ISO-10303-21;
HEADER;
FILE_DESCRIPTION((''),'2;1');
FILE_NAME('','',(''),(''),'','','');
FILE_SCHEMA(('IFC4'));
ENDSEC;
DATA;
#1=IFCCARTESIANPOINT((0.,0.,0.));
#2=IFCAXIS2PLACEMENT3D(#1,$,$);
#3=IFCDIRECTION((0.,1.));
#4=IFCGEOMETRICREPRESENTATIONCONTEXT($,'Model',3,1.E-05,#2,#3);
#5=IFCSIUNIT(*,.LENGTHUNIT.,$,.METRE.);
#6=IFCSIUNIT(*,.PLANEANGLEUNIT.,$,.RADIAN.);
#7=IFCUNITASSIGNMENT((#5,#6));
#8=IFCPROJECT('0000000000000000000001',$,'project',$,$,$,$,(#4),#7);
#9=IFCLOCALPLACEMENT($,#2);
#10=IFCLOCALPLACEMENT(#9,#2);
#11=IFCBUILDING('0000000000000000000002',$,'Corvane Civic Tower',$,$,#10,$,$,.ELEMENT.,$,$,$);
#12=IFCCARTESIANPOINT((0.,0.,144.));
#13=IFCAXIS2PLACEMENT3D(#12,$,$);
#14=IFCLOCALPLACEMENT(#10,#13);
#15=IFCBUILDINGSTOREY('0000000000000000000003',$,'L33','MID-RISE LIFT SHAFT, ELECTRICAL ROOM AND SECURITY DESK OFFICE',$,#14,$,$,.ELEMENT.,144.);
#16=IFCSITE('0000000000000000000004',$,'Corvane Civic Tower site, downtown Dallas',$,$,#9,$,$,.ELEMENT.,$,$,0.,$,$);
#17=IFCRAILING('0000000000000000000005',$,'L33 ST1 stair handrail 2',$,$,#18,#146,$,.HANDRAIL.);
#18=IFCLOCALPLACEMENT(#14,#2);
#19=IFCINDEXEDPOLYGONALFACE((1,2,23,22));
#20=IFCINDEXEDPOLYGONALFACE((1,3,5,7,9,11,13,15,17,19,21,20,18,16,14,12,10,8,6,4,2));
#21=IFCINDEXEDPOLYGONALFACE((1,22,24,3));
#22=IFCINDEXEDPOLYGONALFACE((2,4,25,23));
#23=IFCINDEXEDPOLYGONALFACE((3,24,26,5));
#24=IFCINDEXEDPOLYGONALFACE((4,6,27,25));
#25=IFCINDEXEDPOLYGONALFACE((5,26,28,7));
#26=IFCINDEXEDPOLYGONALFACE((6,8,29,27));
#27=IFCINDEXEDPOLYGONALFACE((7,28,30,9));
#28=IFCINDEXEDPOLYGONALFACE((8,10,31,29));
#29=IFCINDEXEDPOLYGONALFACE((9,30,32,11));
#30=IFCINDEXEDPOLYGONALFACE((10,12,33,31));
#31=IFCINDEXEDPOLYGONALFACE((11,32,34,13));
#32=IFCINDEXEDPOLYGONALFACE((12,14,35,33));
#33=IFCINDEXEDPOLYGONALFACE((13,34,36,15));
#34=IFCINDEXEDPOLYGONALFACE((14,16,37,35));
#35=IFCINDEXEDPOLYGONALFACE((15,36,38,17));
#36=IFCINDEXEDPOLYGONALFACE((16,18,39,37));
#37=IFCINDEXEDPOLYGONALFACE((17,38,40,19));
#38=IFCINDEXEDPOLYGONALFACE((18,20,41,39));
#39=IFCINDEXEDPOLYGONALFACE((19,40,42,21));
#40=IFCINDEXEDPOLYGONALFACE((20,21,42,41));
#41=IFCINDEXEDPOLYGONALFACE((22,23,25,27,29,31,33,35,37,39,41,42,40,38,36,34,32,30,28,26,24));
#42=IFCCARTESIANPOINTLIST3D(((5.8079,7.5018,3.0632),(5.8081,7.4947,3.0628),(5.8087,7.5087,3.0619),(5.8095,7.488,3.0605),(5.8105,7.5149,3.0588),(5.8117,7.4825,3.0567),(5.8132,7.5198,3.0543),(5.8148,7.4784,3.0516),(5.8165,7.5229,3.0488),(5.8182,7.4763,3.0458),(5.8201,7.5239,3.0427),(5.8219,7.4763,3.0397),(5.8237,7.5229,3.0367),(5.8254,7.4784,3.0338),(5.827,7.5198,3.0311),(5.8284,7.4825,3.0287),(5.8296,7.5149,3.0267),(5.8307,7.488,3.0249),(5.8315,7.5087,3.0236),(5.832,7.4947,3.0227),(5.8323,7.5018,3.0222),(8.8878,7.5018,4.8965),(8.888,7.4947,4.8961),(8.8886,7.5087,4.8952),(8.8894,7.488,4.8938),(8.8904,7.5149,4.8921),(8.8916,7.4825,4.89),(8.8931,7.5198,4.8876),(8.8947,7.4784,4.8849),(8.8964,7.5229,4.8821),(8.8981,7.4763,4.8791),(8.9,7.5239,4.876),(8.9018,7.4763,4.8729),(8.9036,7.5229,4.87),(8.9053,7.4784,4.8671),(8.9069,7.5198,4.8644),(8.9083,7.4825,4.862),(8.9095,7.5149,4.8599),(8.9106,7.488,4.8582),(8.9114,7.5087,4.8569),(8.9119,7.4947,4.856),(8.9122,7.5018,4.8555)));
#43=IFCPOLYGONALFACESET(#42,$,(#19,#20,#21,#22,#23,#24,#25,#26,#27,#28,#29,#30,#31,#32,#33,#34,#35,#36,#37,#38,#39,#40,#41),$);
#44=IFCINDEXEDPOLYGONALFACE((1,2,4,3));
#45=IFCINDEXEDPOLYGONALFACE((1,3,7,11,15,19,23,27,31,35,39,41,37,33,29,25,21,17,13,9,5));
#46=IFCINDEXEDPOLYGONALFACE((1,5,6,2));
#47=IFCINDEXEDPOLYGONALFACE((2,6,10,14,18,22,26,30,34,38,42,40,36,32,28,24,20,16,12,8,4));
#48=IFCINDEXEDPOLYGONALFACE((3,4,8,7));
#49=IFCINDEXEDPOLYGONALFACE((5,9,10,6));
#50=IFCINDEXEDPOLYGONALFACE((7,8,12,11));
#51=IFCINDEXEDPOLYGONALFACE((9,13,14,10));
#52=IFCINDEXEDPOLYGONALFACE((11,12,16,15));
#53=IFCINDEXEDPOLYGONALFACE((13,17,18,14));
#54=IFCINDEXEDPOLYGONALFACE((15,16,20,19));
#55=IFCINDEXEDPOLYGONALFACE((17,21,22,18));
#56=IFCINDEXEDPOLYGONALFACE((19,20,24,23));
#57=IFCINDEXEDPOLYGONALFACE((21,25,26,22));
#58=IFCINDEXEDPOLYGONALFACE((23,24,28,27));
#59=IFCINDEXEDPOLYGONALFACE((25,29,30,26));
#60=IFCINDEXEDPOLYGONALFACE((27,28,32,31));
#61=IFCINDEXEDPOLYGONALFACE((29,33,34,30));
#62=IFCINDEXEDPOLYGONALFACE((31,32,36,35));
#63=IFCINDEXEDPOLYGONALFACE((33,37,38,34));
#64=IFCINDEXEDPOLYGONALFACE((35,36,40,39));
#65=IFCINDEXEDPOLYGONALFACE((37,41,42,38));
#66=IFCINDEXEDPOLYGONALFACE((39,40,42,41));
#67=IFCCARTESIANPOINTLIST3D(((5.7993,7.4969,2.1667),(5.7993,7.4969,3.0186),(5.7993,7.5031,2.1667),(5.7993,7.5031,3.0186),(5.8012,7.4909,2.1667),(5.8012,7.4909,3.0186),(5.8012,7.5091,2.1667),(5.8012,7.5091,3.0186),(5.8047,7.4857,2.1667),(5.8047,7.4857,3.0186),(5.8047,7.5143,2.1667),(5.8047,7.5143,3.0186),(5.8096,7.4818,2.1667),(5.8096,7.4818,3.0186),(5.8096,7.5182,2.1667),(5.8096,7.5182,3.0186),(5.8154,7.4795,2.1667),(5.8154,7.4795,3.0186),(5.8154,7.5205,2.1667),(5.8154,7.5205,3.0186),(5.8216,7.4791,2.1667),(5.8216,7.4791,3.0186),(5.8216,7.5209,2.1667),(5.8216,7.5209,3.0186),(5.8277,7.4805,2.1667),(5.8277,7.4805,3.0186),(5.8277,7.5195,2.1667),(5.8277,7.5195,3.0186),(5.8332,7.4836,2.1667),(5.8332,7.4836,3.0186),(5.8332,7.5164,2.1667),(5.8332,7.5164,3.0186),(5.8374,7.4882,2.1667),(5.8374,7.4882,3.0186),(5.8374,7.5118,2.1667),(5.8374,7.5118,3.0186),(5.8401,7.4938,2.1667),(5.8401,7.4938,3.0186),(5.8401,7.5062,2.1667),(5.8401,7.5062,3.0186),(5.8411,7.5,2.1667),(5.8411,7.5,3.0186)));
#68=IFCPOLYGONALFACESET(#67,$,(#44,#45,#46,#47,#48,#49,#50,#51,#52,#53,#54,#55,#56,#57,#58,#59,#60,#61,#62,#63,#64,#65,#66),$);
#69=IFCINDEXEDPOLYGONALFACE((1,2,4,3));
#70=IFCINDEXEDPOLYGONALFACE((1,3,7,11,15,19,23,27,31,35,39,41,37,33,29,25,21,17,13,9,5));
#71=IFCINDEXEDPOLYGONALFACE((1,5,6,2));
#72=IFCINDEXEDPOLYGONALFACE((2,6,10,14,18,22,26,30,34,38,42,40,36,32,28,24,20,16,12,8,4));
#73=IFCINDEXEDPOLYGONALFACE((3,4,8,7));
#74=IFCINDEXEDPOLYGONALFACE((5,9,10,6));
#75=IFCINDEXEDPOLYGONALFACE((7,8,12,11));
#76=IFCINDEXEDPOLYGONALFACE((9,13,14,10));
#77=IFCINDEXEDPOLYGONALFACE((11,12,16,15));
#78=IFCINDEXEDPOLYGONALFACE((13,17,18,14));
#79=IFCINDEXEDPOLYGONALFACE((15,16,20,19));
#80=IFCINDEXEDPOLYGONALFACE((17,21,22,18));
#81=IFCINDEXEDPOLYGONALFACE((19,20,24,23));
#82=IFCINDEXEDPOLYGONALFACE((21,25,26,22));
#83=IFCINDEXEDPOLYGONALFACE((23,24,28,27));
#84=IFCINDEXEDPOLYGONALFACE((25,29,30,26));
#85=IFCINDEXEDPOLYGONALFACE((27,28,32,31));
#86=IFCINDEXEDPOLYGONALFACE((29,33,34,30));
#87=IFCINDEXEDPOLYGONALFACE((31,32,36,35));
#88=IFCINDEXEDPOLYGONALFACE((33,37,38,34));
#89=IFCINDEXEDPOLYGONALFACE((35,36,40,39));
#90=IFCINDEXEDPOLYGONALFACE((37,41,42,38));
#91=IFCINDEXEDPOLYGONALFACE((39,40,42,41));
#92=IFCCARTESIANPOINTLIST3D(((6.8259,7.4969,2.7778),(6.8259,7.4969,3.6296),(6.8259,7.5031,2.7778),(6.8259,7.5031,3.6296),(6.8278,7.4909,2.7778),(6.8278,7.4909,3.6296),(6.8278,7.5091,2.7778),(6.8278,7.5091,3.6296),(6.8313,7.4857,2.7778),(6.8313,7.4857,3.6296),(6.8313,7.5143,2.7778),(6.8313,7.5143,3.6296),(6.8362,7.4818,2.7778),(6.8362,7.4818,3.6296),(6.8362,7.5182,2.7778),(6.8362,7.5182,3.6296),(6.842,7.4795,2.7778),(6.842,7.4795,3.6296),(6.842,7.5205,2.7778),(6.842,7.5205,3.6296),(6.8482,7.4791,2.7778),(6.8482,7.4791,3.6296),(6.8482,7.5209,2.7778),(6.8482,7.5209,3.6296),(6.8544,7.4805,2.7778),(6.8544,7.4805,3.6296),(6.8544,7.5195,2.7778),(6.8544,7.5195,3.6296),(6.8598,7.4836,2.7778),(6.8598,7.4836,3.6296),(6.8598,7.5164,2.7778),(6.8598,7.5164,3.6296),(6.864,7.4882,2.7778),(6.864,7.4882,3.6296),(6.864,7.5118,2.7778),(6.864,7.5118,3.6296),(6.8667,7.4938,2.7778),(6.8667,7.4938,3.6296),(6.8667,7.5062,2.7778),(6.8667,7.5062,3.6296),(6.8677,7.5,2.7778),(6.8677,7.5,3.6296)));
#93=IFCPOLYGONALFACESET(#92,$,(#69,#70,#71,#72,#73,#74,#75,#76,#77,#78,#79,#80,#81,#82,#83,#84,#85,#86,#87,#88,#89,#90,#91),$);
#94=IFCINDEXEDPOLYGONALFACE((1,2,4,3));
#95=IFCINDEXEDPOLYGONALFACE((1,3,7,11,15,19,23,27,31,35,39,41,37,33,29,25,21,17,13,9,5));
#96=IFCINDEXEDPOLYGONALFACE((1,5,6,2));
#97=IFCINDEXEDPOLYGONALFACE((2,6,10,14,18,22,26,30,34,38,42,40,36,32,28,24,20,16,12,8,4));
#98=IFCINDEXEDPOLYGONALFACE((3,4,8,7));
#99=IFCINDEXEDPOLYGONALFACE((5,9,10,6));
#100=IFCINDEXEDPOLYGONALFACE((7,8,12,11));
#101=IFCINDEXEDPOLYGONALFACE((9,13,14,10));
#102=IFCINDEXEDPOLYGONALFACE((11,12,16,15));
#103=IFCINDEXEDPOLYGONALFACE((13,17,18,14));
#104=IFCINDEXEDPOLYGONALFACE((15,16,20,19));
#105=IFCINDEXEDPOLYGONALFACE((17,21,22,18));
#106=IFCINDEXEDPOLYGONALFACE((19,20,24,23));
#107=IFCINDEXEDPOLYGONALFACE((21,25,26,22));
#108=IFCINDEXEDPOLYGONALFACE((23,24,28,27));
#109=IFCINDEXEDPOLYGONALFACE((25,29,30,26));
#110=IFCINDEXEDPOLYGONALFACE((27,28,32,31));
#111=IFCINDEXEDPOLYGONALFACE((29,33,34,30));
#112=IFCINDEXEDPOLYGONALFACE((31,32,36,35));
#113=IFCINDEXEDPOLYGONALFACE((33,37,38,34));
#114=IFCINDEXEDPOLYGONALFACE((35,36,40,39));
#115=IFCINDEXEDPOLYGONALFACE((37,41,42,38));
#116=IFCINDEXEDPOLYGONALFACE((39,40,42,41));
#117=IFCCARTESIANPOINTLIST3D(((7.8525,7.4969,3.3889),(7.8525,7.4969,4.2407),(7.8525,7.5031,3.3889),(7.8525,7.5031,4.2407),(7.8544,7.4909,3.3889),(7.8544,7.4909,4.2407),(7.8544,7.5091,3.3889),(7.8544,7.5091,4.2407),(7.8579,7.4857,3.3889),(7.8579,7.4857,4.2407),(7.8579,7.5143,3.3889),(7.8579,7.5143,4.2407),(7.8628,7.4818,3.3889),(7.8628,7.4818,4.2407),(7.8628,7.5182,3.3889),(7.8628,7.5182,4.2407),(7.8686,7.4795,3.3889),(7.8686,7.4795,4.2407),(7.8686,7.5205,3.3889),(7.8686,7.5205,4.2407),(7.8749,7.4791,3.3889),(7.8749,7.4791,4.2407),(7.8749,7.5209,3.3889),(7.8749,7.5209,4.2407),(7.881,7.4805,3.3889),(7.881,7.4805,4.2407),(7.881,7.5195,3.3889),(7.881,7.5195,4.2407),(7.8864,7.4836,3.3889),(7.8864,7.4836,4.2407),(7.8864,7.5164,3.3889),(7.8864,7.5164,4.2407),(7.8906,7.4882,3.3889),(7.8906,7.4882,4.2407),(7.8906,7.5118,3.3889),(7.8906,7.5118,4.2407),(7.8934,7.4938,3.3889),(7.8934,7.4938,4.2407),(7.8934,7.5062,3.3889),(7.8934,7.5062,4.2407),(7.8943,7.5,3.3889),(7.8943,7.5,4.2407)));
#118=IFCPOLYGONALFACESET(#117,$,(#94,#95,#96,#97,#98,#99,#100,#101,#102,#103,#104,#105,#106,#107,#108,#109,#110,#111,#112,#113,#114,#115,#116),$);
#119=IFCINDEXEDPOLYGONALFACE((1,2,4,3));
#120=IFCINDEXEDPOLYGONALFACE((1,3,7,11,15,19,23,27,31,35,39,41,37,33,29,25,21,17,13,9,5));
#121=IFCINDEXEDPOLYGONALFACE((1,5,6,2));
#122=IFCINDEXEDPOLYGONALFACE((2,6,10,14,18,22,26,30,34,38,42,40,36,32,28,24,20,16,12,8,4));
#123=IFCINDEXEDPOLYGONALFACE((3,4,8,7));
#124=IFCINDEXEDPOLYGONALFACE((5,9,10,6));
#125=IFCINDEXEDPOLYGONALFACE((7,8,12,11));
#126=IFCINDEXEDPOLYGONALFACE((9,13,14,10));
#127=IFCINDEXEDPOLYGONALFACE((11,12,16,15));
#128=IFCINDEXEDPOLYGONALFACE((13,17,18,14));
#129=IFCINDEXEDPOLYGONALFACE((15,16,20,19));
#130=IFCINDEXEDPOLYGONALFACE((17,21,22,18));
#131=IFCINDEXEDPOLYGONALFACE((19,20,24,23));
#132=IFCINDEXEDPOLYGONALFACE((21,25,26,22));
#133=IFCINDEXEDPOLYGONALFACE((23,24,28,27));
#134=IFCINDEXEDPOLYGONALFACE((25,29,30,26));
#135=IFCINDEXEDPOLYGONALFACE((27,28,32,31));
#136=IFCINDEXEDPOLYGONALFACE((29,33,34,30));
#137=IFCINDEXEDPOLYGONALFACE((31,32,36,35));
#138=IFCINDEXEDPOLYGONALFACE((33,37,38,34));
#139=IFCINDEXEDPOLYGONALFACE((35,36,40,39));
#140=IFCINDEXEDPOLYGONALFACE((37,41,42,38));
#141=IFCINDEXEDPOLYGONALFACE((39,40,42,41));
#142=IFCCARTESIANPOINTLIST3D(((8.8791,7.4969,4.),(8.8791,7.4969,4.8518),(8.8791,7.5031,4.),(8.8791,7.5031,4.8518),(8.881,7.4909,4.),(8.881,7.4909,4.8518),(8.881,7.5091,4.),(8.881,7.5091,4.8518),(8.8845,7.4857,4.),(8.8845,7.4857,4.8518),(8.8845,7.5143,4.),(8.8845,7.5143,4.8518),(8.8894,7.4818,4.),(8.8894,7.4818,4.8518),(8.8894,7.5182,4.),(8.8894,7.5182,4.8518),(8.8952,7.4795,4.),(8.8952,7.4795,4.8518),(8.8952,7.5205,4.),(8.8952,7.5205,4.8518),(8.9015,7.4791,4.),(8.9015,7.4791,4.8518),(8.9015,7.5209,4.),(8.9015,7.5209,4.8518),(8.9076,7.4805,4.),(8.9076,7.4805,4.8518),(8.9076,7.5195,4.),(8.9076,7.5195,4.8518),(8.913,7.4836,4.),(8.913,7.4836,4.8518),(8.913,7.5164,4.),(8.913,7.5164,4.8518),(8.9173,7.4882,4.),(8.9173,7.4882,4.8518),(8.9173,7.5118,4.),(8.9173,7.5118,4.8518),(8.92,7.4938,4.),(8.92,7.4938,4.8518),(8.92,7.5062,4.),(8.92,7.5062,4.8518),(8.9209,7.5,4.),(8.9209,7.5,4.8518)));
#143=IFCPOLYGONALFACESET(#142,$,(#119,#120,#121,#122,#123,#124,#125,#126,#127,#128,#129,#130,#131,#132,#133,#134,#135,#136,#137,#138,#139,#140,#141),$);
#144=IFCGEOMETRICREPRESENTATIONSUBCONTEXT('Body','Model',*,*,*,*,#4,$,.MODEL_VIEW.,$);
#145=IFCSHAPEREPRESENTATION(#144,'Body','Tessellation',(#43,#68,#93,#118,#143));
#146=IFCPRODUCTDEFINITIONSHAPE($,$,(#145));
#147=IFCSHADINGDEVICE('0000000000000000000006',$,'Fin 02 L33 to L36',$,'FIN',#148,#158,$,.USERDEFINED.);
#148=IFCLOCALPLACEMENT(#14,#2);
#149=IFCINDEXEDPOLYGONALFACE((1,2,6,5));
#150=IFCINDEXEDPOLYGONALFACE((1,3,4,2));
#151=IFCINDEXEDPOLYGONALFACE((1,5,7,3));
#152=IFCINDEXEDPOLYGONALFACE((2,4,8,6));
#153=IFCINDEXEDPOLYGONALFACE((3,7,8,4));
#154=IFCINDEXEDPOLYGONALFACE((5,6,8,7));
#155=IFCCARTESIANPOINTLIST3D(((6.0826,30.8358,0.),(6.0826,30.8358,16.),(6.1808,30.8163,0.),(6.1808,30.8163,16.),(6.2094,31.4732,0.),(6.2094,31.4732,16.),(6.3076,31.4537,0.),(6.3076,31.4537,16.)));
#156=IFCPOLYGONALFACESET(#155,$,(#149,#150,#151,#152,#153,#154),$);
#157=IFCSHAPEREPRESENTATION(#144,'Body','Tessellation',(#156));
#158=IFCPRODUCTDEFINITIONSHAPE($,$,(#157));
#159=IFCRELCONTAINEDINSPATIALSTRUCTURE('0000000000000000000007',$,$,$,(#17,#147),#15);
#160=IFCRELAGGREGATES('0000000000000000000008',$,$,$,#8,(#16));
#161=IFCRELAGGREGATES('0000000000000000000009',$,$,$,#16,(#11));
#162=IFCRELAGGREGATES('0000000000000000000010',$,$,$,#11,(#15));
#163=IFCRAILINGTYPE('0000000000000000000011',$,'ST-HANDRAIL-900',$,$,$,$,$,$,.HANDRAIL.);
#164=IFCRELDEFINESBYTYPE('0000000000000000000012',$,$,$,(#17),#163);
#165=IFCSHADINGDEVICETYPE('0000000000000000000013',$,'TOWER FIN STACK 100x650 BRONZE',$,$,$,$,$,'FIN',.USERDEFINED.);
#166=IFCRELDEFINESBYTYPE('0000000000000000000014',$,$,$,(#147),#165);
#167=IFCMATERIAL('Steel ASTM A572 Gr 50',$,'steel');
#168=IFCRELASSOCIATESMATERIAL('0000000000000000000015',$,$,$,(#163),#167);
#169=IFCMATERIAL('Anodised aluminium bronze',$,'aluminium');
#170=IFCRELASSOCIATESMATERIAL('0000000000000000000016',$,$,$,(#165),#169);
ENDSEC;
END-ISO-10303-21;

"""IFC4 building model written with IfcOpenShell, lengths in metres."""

from ifc_helpers import new_model, si_unit, direction, frame, origin, origin_2d, place, context, subcontext, project, spatial, rectangle, circle, extrude, material, material_profile, profile_set, type_object, element, save


model = new_model("IFC4")

# Units and contexts
model_context = context("Model", 3, precision=1e-05, world=origin(), true_north=direction((0.0, 1.0)))
body_context = subcontext(model_context, "Body", "Model", "MODEL_VIEW")
ifc_project = project(units=[si_unit("LENGTHUNIT", "METRE"), si_unit("PLANEANGLEUNIT", "RADIAN")], contexts=[model_context])

# Site, building, storey
site_placement = place(None, origin())
site = spatial("IfcSite", under=ifc_project, at=site_placement, Name="Corvane Civic Tower site, downtown Dallas", CompositionType="ELEMENT", RefElevation=0.0)
building_placement = place(site_placement, origin())
building = spatial("IfcBuilding", under=site, at=building_placement, Name="Corvane Civic Tower", CompositionType="ELEMENT")
storey_placement = place(building_placement, frame((0.0, 0.0, 144.0)))
storey = spatial("IfcBuildingStorey", under=building, at=storey_placement, Name="L33", Description="MID-RISE LIFT SHAFT, ELECTRICAL ROOM AND SECURITY DESK OFFICE", CompositionType="ELEMENT", Elevation=144.0)

# Railing
ifc_material_1 = material(Name="Steel ASTM A572 Gr 50", Category="steel")
railing_type_1 = type_object("IfcRailingType", Name="ST-HANDRAIL-900", PredefinedType="HANDRAIL", material=ifc_material_1)
railing_1_placement = place(storey_placement, frame((5.8201, 7.5, 2.1667)))
element("IfcRailing", 1, at=railing_1_placement, inside=storey, type_object=railing_type_1, Name="L33 ST1 stair handrail 2", PredefinedType="HANDRAIL", context=body_context, shape_type="SweptSolid", body=[
    extrude(circle(Radius=0.0239, at=origin_2d()), frame((0.0, 0.0, 0.876), z_axis=(0.859291, 0.0, 0.511487), x_axis=(0.0, 1.0, 0.0)), (0.0, 0.0, 1.0), 3.5842),
    extrude(circle(Radius=0.021, at=origin_2d()), origin(), (0.0, 0.0, 1.0), 0.8518),
    extrude(circle(Radius=0.021, at=origin_2d()), frame((1.0266, 0.0, 0.6111)), (0.0, 0.0, 1.0), 0.8518),
    extrude(circle(Radius=0.021, at=origin_2d()), frame((2.0532, 0.0, 1.2222)), (0.0, 0.0, 1.0), 0.8518),
    extrude(circle(Radius=0.021, at=origin_2d()), frame((3.0798, 0.0, 1.8333)), (0.0, 0.0, 1.0), 0.8518),
])

# Shading device
ifc_material_2 = material(Name="Anodised aluminium bronze", Category="aluminium")
ifc_material_profile_1 = material_profile(ifc_material_2, rectangle(XDim=0.1001, YDim=0.6499, at=origin_2d()), Name="TOWER FIN STACK 100x650 BRONZE")
ifc_profile_set_1 = profile_set([ifc_material_profile_1], Name="Anodised aluminium bronze")
shading_device_type = type_object("IfcShadingDeviceType", Name="TOWER FIN STACK 100x650 BRONZE", ElementType="FIN", PredefinedType="USERDEFINED", material=ifc_profile_set_1)
shading_device_placement = place(storey_placement, frame((6.1951, 31.1448, 0.0), z_axis=(0.0, 0.0, 1.0), x_axis=(0.980785, -0.19509, 0.0)))
element("IfcShadingDevice", 2, at=shading_device_placement, inside=storey, type_object=shading_device_type, Name="Fin 02 L33 to L36", ObjectType="FIN", PredefinedType="USERDEFINED", context=body_context, shape_type="SweptSolid", body=[
    extrude(rectangle(XDim=0.1001, YDim=0.6499, at=origin_2d()), origin(), (0.0, 0.0, 1.0), 16.0),
])

save(model, "model.ifc")
